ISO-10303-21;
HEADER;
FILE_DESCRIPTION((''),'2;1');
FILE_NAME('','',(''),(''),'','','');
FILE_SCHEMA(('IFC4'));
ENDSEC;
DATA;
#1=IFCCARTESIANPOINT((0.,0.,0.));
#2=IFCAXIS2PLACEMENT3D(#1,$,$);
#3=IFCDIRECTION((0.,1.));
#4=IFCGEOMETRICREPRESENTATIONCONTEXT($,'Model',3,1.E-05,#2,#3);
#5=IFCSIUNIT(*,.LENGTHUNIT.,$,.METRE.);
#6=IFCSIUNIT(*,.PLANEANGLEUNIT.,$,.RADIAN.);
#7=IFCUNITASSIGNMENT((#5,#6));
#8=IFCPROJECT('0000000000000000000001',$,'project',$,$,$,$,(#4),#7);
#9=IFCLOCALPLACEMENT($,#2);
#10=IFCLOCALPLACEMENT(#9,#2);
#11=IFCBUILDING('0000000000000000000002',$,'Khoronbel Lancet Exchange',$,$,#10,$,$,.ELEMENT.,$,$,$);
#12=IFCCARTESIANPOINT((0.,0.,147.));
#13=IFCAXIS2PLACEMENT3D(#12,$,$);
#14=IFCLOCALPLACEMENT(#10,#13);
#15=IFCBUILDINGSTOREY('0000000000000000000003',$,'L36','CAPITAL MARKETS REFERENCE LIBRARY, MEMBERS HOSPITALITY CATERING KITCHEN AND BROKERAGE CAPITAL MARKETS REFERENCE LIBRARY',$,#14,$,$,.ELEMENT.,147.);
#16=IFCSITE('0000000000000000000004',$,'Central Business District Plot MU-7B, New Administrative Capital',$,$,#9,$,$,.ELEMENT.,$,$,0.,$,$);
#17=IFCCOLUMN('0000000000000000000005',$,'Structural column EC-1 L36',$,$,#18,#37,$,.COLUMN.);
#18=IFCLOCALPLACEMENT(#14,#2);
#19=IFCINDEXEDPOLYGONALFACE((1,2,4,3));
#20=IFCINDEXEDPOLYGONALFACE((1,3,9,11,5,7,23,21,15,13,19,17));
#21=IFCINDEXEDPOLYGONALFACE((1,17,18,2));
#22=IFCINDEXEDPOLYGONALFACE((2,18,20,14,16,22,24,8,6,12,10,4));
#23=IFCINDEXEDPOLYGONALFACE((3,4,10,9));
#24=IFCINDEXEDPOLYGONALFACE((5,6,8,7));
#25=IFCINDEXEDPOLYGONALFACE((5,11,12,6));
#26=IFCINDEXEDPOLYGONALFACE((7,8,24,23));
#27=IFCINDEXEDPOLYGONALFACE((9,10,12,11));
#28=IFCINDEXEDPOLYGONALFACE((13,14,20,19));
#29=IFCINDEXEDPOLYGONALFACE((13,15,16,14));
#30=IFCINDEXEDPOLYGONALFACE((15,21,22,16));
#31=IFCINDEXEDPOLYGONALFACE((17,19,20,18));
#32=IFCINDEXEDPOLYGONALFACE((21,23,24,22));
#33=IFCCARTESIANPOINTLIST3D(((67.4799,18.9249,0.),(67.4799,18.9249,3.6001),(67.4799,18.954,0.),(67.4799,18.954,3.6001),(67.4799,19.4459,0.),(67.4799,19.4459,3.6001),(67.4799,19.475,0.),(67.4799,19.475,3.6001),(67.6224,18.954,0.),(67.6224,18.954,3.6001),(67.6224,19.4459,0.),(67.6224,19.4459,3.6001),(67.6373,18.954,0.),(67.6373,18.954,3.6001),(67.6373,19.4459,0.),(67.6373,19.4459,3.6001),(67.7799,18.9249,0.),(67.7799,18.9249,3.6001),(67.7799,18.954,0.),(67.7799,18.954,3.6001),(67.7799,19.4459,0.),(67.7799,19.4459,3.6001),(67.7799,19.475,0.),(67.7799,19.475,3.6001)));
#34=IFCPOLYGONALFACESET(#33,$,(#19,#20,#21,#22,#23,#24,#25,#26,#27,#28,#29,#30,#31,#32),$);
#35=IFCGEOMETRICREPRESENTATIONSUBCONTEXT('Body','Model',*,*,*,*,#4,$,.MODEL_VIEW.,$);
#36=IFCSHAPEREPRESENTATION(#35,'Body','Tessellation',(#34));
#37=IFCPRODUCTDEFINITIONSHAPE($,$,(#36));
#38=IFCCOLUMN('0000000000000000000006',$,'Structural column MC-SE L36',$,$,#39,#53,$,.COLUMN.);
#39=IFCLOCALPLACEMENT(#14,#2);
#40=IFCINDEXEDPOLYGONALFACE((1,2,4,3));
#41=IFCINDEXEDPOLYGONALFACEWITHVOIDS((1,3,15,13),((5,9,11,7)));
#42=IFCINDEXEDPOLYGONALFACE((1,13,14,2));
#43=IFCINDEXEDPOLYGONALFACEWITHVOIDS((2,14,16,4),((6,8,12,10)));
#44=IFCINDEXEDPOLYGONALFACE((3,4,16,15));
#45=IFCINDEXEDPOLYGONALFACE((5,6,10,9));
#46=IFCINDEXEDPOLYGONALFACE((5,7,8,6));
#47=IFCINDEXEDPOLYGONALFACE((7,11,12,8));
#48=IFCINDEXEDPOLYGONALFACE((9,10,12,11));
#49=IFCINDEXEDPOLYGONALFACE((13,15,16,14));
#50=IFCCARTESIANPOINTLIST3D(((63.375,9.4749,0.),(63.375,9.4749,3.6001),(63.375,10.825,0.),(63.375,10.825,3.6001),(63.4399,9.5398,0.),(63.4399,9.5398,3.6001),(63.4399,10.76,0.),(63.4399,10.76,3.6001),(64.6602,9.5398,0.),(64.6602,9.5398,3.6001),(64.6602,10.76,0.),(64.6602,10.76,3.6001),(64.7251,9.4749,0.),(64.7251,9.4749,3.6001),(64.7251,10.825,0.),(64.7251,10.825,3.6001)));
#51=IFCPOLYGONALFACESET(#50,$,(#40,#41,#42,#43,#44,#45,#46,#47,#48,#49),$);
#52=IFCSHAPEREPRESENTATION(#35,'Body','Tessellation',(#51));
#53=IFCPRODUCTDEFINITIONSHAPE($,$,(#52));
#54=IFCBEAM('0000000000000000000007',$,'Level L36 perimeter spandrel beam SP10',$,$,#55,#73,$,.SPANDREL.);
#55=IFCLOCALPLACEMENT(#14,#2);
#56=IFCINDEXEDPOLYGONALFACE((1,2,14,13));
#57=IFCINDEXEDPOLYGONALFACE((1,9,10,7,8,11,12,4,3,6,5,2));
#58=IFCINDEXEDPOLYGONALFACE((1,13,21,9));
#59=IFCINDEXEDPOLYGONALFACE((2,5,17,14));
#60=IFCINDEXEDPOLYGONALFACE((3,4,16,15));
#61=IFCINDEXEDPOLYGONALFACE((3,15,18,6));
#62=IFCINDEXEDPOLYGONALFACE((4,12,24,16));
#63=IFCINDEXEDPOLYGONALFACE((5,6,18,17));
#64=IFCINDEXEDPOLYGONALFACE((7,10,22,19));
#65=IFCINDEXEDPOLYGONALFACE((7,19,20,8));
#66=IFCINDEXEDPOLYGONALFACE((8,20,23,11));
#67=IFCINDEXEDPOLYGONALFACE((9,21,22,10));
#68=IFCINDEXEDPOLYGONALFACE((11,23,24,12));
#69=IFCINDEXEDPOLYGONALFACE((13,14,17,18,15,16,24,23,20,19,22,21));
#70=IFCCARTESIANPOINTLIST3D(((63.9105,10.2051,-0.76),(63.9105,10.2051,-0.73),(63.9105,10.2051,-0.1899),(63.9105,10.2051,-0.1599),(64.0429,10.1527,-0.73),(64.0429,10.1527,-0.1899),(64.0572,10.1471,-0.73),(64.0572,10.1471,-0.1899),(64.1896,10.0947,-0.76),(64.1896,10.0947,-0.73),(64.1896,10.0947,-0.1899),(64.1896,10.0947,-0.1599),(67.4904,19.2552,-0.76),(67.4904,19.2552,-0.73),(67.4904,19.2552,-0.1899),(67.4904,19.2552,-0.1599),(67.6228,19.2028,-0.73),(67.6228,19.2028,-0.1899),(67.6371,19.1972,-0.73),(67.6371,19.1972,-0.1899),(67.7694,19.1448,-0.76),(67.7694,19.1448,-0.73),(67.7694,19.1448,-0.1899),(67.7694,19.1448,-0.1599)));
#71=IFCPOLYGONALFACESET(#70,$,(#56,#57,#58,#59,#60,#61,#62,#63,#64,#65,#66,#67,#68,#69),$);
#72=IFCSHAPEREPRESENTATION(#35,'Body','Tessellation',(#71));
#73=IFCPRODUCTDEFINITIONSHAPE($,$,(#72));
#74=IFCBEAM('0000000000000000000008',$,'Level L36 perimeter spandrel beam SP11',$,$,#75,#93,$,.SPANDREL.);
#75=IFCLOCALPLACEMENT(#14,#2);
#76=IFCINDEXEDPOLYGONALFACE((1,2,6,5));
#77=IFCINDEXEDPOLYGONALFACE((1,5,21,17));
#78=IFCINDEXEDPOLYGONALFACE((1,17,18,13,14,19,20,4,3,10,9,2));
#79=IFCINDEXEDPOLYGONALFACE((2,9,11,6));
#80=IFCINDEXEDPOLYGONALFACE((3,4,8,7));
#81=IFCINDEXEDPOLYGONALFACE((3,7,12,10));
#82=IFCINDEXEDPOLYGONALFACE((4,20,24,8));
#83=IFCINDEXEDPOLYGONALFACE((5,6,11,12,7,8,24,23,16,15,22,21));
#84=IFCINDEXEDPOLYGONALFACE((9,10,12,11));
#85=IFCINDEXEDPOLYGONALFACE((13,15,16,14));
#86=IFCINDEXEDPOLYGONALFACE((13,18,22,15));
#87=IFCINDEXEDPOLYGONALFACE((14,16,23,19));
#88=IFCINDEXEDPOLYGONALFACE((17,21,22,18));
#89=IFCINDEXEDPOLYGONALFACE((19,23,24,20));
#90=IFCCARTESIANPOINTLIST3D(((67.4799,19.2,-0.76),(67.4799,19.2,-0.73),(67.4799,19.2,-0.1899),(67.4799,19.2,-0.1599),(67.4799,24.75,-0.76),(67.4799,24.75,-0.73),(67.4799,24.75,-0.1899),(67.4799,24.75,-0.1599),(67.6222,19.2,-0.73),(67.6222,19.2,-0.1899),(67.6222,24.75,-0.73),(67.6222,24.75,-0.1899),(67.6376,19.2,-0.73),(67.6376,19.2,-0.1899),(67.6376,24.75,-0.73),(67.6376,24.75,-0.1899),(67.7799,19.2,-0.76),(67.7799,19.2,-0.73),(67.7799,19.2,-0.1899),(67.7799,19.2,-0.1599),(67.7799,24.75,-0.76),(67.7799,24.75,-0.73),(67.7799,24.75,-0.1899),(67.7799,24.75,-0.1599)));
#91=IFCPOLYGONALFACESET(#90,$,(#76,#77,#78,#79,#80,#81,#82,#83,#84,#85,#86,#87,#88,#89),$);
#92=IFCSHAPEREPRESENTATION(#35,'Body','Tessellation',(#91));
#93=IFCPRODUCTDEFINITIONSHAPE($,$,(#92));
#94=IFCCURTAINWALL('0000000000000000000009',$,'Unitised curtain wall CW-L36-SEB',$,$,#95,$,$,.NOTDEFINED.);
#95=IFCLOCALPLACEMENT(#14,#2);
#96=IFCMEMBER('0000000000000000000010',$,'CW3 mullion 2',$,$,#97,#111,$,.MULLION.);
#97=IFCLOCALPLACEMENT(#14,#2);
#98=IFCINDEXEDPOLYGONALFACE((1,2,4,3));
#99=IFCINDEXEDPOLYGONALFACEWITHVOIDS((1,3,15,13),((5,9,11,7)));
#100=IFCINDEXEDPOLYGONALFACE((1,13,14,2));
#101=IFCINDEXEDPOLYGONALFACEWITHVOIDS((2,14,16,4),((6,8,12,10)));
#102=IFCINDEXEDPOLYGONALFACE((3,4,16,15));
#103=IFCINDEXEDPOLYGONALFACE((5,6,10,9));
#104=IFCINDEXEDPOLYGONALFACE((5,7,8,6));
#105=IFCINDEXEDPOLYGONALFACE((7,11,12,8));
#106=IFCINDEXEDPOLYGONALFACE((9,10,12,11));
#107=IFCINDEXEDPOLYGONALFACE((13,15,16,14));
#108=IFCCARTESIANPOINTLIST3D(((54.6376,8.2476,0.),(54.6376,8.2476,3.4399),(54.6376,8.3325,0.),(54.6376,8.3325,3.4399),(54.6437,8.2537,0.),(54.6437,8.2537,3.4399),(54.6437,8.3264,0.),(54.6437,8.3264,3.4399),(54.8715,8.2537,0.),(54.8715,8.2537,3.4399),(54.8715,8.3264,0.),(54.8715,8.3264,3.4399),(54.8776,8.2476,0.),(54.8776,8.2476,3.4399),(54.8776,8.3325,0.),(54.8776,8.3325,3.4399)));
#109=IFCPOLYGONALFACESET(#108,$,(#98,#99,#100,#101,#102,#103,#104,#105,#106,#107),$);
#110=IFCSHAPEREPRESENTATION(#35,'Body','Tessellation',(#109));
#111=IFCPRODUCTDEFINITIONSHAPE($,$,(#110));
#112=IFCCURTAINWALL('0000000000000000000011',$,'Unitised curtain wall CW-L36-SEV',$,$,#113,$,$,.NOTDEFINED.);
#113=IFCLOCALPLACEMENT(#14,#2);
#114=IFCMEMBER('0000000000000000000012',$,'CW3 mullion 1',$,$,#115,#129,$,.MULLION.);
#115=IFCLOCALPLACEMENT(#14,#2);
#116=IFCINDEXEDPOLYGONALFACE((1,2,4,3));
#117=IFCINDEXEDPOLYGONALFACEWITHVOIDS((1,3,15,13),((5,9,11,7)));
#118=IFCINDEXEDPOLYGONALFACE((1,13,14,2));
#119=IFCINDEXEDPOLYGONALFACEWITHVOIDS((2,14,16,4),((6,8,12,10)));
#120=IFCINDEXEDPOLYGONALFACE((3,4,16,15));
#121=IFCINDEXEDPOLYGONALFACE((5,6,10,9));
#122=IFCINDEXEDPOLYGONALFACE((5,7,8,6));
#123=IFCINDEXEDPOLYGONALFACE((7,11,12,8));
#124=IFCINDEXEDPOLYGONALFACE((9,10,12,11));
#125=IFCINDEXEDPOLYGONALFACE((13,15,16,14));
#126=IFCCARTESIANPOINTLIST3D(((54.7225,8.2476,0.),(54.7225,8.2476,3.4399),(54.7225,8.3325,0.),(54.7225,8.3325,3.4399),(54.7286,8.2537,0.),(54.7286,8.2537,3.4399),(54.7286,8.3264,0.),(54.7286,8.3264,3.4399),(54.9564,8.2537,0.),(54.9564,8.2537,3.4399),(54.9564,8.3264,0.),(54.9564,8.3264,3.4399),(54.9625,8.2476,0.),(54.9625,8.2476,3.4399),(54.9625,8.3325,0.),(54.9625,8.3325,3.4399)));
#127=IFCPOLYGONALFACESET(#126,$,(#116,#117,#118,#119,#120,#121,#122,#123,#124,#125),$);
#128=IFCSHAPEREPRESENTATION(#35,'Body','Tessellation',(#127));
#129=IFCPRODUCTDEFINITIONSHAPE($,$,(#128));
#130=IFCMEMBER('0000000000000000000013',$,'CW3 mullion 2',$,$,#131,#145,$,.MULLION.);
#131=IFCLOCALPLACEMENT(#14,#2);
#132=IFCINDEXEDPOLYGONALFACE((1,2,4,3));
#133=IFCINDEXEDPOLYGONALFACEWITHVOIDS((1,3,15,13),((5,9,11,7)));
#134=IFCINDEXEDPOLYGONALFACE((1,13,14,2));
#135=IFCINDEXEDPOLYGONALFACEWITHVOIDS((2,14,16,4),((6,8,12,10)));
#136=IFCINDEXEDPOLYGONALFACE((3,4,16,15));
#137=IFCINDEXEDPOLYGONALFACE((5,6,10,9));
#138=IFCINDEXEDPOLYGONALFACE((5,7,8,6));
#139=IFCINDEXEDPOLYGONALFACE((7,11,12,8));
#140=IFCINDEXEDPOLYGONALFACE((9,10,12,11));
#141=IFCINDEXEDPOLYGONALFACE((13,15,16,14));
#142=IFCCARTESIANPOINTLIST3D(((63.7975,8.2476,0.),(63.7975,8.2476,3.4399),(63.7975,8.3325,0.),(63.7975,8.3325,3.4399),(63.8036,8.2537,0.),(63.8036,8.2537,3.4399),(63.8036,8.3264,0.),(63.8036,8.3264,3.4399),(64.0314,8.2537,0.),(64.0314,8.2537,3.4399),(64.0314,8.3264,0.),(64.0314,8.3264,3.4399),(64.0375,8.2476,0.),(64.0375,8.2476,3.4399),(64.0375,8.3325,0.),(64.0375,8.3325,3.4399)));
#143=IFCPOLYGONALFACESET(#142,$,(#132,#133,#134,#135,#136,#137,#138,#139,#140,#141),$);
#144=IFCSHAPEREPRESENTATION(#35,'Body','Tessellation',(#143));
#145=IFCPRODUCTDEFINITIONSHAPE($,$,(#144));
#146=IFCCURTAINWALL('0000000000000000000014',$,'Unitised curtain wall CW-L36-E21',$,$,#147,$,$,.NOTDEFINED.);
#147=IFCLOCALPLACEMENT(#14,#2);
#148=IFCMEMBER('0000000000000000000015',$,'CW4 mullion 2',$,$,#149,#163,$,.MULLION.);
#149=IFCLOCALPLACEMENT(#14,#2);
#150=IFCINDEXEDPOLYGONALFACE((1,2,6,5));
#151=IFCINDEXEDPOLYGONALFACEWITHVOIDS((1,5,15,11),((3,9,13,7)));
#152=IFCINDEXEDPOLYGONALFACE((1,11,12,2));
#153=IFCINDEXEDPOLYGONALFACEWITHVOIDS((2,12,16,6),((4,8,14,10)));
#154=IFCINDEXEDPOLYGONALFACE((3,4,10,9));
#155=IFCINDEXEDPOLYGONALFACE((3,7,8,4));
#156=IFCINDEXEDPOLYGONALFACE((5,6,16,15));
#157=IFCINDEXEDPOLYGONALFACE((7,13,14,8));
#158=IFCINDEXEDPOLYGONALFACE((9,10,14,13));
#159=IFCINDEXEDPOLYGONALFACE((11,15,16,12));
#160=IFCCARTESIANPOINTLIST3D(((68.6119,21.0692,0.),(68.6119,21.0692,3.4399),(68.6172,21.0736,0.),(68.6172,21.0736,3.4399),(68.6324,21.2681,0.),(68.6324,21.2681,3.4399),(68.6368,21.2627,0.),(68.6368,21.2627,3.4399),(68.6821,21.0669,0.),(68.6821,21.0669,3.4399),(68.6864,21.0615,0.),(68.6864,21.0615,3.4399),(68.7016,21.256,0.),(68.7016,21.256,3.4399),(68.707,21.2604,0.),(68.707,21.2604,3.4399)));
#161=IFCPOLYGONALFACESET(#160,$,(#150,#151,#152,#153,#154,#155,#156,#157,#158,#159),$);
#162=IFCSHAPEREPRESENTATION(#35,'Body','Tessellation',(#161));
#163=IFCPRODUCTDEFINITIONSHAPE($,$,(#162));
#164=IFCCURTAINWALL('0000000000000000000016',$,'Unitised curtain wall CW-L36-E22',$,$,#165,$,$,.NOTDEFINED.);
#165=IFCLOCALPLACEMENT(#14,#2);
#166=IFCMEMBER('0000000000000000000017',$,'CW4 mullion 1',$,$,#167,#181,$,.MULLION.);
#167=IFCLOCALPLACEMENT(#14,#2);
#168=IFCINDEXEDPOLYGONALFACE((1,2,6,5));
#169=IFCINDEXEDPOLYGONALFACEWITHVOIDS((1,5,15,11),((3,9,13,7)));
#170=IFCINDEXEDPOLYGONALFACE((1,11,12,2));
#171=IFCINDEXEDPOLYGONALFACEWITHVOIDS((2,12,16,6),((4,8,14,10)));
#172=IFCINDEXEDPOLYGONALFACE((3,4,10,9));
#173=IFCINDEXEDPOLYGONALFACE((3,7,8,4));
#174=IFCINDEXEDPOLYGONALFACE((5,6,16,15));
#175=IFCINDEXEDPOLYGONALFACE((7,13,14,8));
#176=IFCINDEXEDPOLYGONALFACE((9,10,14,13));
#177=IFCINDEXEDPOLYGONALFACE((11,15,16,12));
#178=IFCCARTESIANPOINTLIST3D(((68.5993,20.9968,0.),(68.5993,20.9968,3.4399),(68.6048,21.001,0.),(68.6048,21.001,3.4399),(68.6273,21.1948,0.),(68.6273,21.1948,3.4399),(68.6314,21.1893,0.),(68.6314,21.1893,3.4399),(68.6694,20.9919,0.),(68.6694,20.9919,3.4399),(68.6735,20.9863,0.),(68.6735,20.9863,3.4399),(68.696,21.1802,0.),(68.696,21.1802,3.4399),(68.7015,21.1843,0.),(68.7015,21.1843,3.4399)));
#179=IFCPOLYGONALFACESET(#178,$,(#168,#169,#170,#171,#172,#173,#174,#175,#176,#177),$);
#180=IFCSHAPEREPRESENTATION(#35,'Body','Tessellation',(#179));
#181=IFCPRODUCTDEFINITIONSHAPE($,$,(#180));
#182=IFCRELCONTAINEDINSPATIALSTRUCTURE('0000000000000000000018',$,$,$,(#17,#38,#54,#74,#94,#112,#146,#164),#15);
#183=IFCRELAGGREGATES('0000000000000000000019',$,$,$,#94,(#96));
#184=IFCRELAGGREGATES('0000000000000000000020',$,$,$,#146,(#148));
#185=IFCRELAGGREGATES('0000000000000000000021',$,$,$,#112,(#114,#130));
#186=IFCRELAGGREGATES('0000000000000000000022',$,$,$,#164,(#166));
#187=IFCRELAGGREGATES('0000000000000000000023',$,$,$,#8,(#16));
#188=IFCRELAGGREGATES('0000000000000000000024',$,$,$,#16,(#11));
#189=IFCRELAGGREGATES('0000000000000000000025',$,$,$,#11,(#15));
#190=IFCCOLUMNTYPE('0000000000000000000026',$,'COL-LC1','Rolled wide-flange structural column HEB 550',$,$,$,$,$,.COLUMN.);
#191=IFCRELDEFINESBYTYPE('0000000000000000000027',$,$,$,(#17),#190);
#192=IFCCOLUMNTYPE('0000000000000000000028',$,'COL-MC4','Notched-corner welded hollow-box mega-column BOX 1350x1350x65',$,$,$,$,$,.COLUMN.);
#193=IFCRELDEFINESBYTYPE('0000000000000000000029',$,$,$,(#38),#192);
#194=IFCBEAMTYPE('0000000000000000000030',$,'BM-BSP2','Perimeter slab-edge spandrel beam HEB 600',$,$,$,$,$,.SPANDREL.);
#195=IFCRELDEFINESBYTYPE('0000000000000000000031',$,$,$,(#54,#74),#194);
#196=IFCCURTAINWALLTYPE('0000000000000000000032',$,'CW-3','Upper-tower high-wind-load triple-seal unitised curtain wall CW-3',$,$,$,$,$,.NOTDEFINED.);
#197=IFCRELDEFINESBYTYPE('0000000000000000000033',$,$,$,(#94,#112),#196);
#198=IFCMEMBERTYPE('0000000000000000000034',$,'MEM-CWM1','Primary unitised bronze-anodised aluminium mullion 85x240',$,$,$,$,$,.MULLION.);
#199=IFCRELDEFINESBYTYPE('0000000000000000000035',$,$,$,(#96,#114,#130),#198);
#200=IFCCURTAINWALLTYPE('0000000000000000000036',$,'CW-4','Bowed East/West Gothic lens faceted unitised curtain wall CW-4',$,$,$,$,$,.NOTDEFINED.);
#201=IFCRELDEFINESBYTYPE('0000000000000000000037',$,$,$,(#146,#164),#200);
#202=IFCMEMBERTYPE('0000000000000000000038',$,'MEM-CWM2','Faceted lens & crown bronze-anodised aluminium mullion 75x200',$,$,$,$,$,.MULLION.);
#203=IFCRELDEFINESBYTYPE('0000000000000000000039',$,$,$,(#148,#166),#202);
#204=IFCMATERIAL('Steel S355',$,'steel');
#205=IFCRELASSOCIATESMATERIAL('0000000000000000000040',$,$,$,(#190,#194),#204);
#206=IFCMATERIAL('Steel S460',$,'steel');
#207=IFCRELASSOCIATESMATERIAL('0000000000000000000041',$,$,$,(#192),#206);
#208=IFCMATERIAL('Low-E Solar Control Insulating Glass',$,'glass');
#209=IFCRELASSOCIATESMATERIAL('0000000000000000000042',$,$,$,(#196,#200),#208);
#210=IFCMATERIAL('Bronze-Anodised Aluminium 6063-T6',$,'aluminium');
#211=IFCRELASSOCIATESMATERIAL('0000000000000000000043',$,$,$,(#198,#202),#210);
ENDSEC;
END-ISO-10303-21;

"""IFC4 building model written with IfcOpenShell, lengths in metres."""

from ifc_helpers import new_model, si_unit, direction, frame, origin, origin_2d, place, context, subcontext, project, spatial, hollow_rectangle, i_section, extrude, material, material_profile, profile_set, type_object, element, aggregate, save


model = new_model("IFC4")

# Units and contexts
model_context = context("Model", 3, precision=1e-05, world=origin(), true_north=direction((0.0, 1.0)))
body_context = subcontext(model_context, "Body", "Model", "MODEL_VIEW")
ifc_project = project(units=[si_unit("LENGTHUNIT", "METRE"), si_unit("PLANEANGLEUNIT", "RADIAN")], contexts=[model_context])

# Site, building, storey
site_placement = place(None, origin())
site = spatial("IfcSite", under=ifc_project, at=site_placement, Name="Central Business District Plot MU-7B, New Administrative Capital", CompositionType="ELEMENT", RefElevation=0.0)
building_placement = place(site_placement, origin())
building = spatial("IfcBuilding", under=site, at=building_placement, Name="Khoronbel Lancet Exchange", CompositionType="ELEMENT")
storey_placement = place(building_placement, frame((0.0, 0.0, 147.0)))
storey = spatial("IfcBuildingStorey", under=building, at=storey_placement, Name="L36", Description="CAPITAL MARKETS REFERENCE LIBRARY, MEMBERS HOSPITALITY CATERING KITCHEN AND BROKERAGE CAPITAL MARKETS REFERENCE LIBRARY", CompositionType="ELEMENT", Elevation=147.0)

# Columns
ifc_material_1 = material(Name="Steel S355", Category="steel")
ifc_material_profile_1 = material_profile(ifc_material_1, i_section(OverallWidth=0.3, OverallDepth=0.55, WebThickness=0.0149, FlangeThickness=0.0291, at=origin_2d()), Name="HEB 550")
ifc_profile_set_1 = profile_set([ifc_material_profile_1], Name="Steel S355")
column_type_1 = type_object("IfcColumnType", Name="COL-LC1", Description="Rolled wide-flange structural column HEB 550", PredefinedType="COLUMN", material=ifc_profile_set_1)
column_1_placement = place(storey_placement, frame((67.6299, 19.2, 0.0), z_axis=(0.0, 0.0, 1.0), x_axis=(1.0, 0.0, 0.0)))
element("IfcColumn", 1, at=column_1_placement, inside=storey, type_object=column_type_1, Name="Structural column EC-1 L36", PredefinedType="COLUMN", context=body_context, shape_type="SweptSolid", body=[
    extrude(i_section(OverallWidth=0.3, OverallDepth=0.55, WebThickness=0.0149, FlangeThickness=0.0291, at=origin_2d()), origin(), (0.0, 0.0, 1.0), 3.6001),
])
ifc_material_2 = material(Name="Steel S460", Category="steel")
ifc_material_profile_2 = material_profile(ifc_material_2, hollow_rectangle(XDim=1.3501, YDim=1.3501, WallThickness=0.0649, at=origin_2d()), Name="BOX 1350x1350x65")
ifc_profile_set_2 = profile_set([ifc_material_profile_2], Name="Steel S460")
column_type_2 = type_object("IfcColumnType", Name="COL-MC4", Description="Notched-corner welded hollow-box mega-column BOX 1350x1350x65", PredefinedType="COLUMN", material=ifc_profile_set_2)
column_2_placement = place(storey_placement, frame((64.05, 10.1499, 0.0), z_axis=(0.0, 0.0, 1.0), x_axis=(1.0, 0.0, 0.0)))
element("IfcColumn", 2, at=column_2_placement, inside=storey, type_object=column_type_2, Name="Structural column MC-SE L36", PredefinedType="COLUMN", context=body_context, shape_type="SweptSolid", body=[
    extrude(hollow_rectangle(XDim=1.3501, YDim=1.3501, WallThickness=0.0649, at=origin_2d()), origin(), (0.0, 0.0, 1.0), 3.6001),
])

# Beams
ifc_material_profile_3 = material_profile(ifc_material_1, i_section(OverallWidth=0.3, OverallDepth=0.6001, WebThickness=0.0154, FlangeThickness=0.03, at=origin_2d()), Name="HEB 600")
ifc_profile_set_3 = profile_set([ifc_material_profile_3], Name="Steel S355")
beam_type = type_object("IfcBeamType", Name="BM-BSP2", Description="Perimeter slab-edge spandrel beam HEB 600", PredefinedType="SPANDREL", material=ifc_profile_set_3)
beam_1_placement = place(storey_placement, frame((64.05, 10.1499, -0.46), z_axis=(0.367828, 0.929894, 0.0), x_axis=(-0.929894, 0.367828, 0.0)))
element("IfcBeam", 3, at=beam_1_placement, inside=storey, type_object=beam_type, Name="Level L36 perimeter spandrel beam SP10", PredefinedType="SPANDREL", context=body_context, shape_type="SweptSolid", body=[
    extrude(i_section(OverallWidth=0.3, OverallDepth=0.6001, WebThickness=0.0154, FlangeThickness=0.03, at=origin_2d()), origin(), (0.0, 0.0, 1.0), 9.7324),
])
beam_2_placement = place(storey_placement, frame((67.6299, 19.2, -0.46), z_axis=(0.0, 1.0, 0.0), x_axis=(-1.0, 0.0, 0.0)))
element("IfcBeam", 4, at=beam_2_placement, inside=storey, type_object=beam_type, Name="Level L36 perimeter spandrel beam SP11", PredefinedType="SPANDREL", context=body_context, shape_type="SweptSolid", body=[
    extrude(i_section(OverallWidth=0.3, OverallDepth=0.6001, WebThickness=0.0154, FlangeThickness=0.03, at=origin_2d()), origin(), (0.0, 0.0, 1.0), 5.55),
])

# Curtain wall, member
ifc_material_3 = material(Name="Low-E Solar Control Insulating Glass", Category="glass")
curtain_wall_type_1 = type_object("IfcCurtainWallType", Name="CW-3", Description="Upper-tower high-wind-load triple-seal unitised curtain wall CW-3", PredefinedType="NOTDEFINED", material=ifc_material_3)
curtain_wall_1_placement = place(storey_placement, origin())
curtain_wall_1 = element("IfcCurtainWall", 5, at=curtain_wall_1_placement, inside=storey, type_object=curtain_wall_type_1, Name="Unitised curtain wall CW-L36-SEB", PredefinedType="NOTDEFINED")
ifc_material_4 = material(Name="Bronze-Anodised Aluminium 6063-T6", Category="aluminium")
ifc_material_profile_4 = material_profile(ifc_material_4, hollow_rectangle(XDim=0.085, YDim=0.24, WallThickness=0.0061, at=origin_2d()), Name="ALU MULLION 85x240")
ifc_profile_set_4 = profile_set([ifc_material_profile_4], Name="Bronze-Anodised Aluminium 6063-T6")
member_type_1 = type_object("IfcMemberType", Name="MEM-CWM1", Description="Primary unitised bronze-anodised aluminium mullion 85x240", PredefinedType="MULLION", material=ifc_profile_set_4)
member_1_placement = place(storey_placement, frame((54.7576, 8.29, 0.0), z_axis=(0.0, 0.0, 1.0), x_axis=(0.0, 1.0, 0.0)))
member_1 = element("IfcMember", 6, at=member_1_placement, type_object=member_type_1, Name="CW3 mullion 2", PredefinedType="MULLION", context=body_context, shape_type="SweptSolid", body=[
    extrude(hollow_rectangle(XDim=0.085, YDim=0.24, WallThickness=0.0061, at=origin_2d()), origin(), (0.0, 0.0, 1.0), 3.4399),
])
aggregate(curtain_wall_1, [member_1])

# Curtain wall, members
curtain_wall_2_placement = place(storey_placement, origin())
curtain_wall_2 = element("IfcCurtainWall", 7, at=curtain_wall_2_placement, inside=storey, type_object=curtain_wall_type_1, Name="Unitised curtain wall CW-L36-SEV", PredefinedType="NOTDEFINED")
member_2_placement = place(storey_placement, frame((54.8425, 8.29, 0.0), z_axis=(0.0, 0.0, 1.0), x_axis=(0.0, 1.0, 0.0)))
member_2 = element("IfcMember", 8, at=member_2_placement, type_object=member_type_1, Name="CW3 mullion 1", PredefinedType="MULLION", context=body_context, shape_type="SweptSolid", body=[
    extrude(hollow_rectangle(XDim=0.085, YDim=0.24, WallThickness=0.0061, at=origin_2d()), origin(), (0.0, 0.0, 1.0), 3.4399),
])
member_3_placement = place(storey_placement, frame((63.9175, 8.29, 0.0), z_axis=(0.0, 0.0, 1.0), x_axis=(0.0, 1.0, 0.0)))
member_3 = element("IfcMember", 9, at=member_3_placement, type_object=member_type_1, Name="CW3 mullion 2", PredefinedType="MULLION", context=body_context, shape_type="SweptSolid", body=[
    extrude(hollow_rectangle(XDim=0.085, YDim=0.24, WallThickness=0.0061, at=origin_2d()), origin(), (0.0, 0.0, 1.0), 3.4399),
])

# Curtain wall, member
curtain_wall_type_2 = type_object("IfcCurtainWallType", Name="CW-4", Description="Bowed East/West Gothic lens faceted unitised curtain wall CW-4", PredefinedType="NOTDEFINED", material=ifc_material_3)
curtain_wall_3_placement = place(storey_placement, origin())
curtain_wall_3 = element("IfcCurtainWall", 10, at=curtain_wall_3_placement, inside=storey, type_object=curtain_wall_type_2, Name="Unitised curtain wall CW-L36-E21", PredefinedType="NOTDEFINED")
ifc_material_profile_5 = material_profile(ifc_material_4, hollow_rectangle(XDim=0.075, YDim=0.2, WallThickness=0.0049, at=origin_2d()), Name="ALU MULLION 75x200")
ifc_profile_set_5 = profile_set([ifc_material_profile_5], Name="Bronze-Anodised Aluminium 6063-T6")
member_type_2 = type_object("IfcMemberType", Name="MEM-CWM2", Description="Faceted lens & crown bronze-anodised aluminium mullion 75x200", PredefinedType="MULLION", material=ifc_profile_set_5)
member_4_placement = place(storey_placement, frame((68.6594, 21.1648, 0.0), z_axis=(0.0, 0.0, 1.0), x_axis=(0.994688, -0.102932, 0.0)))
member_4 = element("IfcMember", 11, at=member_4_placement, type_object=member_type_2, Name="CW4 mullion 2", PredefinedType="MULLION", context=body_context, shape_type="SweptSolid", body=[
    extrude(hollow_rectangle(XDim=0.075, YDim=0.2, WallThickness=0.0049, at=origin_2d()), origin(), (0.0, 0.0, 1.0), 3.4399),
])

# Curtain wall, member
curtain_wall_4_placement = place(storey_placement, origin())
curtain_wall_4 = element("IfcCurtainWall", 12, at=curtain_wall_4_placement, inside=storey, type_object=curtain_wall_type_2, Name="Unitised curtain wall CW-L36-E22", PredefinedType="NOTDEFINED")
member_5_placement = place(storey_placement, frame((68.6504, 21.0906, 0.0), z_axis=(0.0, 0.0, 1.0), x_axis=(0.990158, -0.139954, 0.0)))
member_5 = element("IfcMember", 13, at=member_5_placement, type_object=member_type_2, Name="CW4 mullion 1", PredefinedType="MULLION", context=body_context, shape_type="SweptSolid", body=[
    extrude(hollow_rectangle(XDim=0.075, YDim=0.2, WallThickness=0.0049, at=origin_2d()), origin(), (0.0, 0.0, 1.0), 3.4399),
])

aggregate(curtain_wall_3, [member_4])
aggregate(curtain_wall_2, [member_2, member_3])
aggregate(curtain_wall_4, [member_5])

save(model, "model.ifc")
